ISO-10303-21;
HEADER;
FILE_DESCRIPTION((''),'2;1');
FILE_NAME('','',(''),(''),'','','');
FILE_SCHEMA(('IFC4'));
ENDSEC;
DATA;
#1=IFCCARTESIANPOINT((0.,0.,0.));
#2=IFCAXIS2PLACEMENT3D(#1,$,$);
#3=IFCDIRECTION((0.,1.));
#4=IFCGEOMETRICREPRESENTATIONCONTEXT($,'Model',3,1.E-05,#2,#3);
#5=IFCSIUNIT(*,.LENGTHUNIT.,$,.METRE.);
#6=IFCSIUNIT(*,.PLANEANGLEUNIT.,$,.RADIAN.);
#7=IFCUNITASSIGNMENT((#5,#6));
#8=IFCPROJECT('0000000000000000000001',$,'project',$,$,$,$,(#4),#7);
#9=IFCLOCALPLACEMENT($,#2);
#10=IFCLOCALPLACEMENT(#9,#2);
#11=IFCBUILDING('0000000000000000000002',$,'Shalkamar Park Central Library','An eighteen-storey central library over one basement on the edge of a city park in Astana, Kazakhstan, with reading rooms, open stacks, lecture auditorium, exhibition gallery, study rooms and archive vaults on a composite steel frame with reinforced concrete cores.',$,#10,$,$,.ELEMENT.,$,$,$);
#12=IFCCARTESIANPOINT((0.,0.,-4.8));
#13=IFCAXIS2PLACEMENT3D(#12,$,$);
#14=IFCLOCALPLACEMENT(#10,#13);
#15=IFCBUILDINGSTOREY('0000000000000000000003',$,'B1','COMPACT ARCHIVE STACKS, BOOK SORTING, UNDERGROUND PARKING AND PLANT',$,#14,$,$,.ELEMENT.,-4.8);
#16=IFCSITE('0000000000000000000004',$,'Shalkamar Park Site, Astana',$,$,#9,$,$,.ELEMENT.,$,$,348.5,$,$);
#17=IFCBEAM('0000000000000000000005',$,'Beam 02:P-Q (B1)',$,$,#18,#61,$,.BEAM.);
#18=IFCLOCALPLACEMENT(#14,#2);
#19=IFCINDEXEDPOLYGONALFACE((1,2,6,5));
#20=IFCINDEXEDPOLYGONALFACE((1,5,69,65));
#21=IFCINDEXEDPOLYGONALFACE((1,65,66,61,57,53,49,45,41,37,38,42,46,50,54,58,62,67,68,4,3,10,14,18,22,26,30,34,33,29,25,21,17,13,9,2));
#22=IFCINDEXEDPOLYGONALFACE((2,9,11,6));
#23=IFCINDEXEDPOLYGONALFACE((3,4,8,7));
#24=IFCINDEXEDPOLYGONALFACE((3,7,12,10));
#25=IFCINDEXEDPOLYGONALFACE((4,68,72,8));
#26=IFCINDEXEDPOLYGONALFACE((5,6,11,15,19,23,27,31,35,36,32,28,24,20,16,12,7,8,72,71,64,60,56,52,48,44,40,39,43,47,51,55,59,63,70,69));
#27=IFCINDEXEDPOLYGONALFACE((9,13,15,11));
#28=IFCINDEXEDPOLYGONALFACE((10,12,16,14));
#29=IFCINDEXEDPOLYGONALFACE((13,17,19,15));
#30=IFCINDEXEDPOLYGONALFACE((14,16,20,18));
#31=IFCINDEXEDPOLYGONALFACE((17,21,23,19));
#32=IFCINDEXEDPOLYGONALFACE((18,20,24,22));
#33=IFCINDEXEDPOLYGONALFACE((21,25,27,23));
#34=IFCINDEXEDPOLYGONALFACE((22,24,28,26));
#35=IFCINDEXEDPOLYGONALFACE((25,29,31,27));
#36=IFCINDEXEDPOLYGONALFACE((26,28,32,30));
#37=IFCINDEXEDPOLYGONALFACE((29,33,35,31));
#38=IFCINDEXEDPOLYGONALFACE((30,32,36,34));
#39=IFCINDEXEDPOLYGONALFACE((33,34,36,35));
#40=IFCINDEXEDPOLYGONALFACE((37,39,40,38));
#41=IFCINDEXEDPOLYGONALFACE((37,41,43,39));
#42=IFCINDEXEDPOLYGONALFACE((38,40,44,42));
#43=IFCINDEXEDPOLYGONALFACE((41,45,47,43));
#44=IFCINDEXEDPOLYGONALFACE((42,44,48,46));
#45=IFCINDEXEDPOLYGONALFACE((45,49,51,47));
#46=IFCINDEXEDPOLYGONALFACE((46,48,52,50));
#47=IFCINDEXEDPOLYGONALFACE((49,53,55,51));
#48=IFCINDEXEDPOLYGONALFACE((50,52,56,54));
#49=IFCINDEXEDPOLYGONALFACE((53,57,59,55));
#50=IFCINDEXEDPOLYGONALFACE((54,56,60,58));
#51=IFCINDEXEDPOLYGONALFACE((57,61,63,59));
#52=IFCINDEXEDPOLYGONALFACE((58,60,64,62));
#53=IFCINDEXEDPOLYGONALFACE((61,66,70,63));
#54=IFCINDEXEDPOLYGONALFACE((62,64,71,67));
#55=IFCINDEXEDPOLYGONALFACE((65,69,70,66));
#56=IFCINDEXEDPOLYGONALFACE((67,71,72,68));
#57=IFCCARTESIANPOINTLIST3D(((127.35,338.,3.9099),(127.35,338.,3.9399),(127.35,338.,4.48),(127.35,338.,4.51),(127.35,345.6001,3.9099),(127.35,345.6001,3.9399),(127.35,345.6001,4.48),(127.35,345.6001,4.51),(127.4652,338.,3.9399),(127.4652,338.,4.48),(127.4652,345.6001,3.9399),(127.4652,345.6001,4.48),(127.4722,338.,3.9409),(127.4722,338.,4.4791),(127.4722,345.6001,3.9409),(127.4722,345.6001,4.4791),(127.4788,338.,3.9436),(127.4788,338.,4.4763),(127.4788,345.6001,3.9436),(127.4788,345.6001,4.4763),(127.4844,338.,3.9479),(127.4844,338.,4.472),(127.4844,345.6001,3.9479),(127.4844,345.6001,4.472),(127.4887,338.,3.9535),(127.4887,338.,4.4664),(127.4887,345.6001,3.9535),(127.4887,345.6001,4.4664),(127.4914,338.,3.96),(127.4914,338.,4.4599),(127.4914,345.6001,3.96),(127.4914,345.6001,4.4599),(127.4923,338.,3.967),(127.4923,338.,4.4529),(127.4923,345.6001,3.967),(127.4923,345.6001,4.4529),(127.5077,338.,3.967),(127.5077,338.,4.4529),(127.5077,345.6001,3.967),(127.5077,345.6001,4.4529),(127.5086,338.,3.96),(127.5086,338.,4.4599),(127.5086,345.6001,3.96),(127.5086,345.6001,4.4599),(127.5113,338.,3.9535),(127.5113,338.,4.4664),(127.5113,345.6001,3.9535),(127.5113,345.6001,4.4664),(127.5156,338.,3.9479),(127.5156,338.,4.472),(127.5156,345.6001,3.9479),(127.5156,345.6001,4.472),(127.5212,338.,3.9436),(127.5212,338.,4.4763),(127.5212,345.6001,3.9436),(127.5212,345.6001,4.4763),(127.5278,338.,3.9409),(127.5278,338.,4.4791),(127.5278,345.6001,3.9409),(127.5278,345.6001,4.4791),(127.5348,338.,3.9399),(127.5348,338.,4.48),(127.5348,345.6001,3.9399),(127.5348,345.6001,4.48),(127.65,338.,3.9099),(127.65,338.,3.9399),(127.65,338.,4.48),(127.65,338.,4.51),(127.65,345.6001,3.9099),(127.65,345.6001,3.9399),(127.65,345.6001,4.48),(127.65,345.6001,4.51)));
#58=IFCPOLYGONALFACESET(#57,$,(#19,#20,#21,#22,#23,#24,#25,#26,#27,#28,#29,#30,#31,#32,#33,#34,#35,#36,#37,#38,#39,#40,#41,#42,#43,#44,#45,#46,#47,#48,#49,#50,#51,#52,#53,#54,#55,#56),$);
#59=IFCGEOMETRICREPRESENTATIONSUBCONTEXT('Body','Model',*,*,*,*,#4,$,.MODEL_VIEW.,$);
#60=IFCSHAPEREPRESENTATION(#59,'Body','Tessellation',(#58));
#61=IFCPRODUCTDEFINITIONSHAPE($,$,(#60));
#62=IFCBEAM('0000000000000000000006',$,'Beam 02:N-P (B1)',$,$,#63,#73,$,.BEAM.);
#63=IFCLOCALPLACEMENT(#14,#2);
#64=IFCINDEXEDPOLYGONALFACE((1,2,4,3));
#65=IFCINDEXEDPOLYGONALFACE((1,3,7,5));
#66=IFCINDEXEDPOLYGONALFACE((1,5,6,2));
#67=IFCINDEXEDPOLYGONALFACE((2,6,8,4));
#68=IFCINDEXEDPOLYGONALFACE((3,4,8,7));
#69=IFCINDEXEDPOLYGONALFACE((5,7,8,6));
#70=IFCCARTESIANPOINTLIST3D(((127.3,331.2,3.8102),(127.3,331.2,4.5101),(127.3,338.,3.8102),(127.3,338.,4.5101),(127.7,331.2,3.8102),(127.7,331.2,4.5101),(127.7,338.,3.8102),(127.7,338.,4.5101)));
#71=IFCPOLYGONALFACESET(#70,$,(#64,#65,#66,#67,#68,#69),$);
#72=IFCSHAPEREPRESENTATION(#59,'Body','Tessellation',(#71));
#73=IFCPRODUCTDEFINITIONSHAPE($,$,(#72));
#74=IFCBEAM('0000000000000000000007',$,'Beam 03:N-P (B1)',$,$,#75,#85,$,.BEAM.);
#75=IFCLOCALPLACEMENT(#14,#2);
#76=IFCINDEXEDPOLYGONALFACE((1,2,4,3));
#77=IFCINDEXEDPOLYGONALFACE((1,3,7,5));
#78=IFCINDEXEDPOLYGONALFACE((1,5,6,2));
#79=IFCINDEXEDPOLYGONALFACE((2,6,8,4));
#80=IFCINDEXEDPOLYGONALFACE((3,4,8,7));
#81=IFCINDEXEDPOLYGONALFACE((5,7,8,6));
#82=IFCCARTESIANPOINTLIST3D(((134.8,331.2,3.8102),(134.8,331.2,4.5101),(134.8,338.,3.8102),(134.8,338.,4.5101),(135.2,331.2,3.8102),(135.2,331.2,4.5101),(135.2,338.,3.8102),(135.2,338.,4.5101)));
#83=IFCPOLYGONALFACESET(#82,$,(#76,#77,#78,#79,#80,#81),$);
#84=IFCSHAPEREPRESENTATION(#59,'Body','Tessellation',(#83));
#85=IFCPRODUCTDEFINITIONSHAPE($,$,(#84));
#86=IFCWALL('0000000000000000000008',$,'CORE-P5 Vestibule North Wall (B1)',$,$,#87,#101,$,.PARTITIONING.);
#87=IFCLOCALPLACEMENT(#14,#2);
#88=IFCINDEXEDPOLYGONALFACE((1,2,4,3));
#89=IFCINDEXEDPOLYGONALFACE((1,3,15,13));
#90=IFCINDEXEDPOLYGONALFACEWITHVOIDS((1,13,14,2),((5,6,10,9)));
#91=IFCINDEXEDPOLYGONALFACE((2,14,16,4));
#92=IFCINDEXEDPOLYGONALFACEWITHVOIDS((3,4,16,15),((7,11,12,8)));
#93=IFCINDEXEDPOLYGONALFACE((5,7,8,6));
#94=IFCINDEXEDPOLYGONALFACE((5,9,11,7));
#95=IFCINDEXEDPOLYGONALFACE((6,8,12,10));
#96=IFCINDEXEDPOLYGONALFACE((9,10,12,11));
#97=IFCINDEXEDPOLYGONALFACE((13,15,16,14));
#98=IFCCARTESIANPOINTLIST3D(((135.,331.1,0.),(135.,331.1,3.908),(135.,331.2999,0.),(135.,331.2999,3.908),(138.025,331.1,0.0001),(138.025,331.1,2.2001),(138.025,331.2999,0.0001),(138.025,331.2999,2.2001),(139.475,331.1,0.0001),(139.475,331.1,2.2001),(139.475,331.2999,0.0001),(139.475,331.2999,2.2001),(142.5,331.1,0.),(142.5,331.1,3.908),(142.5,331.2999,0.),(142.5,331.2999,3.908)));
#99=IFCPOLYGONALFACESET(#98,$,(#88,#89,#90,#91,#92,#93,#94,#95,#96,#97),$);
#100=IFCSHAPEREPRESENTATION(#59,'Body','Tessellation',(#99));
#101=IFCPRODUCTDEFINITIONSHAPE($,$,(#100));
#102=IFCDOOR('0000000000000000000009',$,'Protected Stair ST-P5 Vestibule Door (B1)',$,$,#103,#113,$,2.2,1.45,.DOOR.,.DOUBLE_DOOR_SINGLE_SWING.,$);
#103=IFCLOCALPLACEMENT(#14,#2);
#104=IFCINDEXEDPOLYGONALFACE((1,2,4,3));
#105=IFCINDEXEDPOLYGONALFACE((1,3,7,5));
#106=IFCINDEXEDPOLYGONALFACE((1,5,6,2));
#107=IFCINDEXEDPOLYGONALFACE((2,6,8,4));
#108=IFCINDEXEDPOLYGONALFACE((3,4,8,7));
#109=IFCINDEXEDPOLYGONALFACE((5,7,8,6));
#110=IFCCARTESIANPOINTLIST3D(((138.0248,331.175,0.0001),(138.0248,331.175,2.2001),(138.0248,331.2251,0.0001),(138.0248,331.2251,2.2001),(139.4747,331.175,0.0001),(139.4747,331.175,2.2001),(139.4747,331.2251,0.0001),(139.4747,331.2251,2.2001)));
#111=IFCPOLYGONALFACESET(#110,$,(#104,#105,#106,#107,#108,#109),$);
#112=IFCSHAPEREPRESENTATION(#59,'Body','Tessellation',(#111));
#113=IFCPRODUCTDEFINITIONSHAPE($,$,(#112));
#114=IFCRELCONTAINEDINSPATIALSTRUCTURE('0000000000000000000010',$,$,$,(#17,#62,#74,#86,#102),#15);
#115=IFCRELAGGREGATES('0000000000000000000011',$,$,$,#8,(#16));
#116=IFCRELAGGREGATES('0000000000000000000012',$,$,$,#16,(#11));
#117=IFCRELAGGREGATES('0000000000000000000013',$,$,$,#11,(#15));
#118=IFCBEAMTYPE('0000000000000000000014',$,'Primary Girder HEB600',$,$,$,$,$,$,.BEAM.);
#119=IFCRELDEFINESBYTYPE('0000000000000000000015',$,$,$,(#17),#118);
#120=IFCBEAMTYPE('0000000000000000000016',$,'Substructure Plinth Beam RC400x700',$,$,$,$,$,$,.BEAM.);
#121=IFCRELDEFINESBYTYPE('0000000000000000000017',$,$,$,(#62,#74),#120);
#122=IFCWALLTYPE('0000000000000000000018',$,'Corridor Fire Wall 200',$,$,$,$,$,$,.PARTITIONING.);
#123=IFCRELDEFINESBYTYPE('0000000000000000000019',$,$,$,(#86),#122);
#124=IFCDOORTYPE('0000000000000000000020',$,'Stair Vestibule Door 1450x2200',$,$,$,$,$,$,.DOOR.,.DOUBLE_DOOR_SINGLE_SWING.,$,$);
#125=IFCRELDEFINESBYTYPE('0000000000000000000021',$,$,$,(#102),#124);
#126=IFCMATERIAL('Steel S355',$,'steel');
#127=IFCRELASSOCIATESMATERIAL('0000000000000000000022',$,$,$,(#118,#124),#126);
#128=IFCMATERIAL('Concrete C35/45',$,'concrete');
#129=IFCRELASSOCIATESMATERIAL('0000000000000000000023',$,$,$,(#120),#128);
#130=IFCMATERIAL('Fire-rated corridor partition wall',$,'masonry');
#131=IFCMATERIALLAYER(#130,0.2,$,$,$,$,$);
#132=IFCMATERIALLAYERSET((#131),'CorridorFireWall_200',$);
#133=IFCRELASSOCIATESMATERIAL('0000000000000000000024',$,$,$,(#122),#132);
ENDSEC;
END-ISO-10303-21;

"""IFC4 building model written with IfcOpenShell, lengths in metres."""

from ifc_helpers import new_model, si_unit, direction, frame, frame_2d, origin, origin_2d, place, context, subcontext, project, spatial, rectangle, i_section, extrude, material, layer, layer_set, material_profile, profile_set, type_object, element, fill, save


model = new_model("IFC4")

# Units and contexts
model_context = context("Model", 3, precision=1e-05, world=origin(), true_north=direction((0.0, 1.0)))
body_context = subcontext(model_context, "Body", "Model", "MODEL_VIEW")
ifc_project = project(units=[si_unit("LENGTHUNIT", "METRE"), si_unit("PLANEANGLEUNIT", "RADIAN")], contexts=[model_context])

# Site, building, storey
site_placement = place(None, origin())
site = spatial("IfcSite", under=ifc_project, at=site_placement, Name="Shalkamar Park Site, Astana", CompositionType="ELEMENT", RefElevation=348.5)
building_placement = place(site_placement, origin())
building = spatial("IfcBuilding", under=site, at=building_placement, Name="Shalkamar Park Central Library", Description="An eighteen-storey central library over one basement on the edge of a city park in Astana, Kazakhstan, with reading rooms, open stacks, lecture auditorium, exhibition gallery, study rooms and archive vaults on a composite steel frame with reinforced concrete cores.", CompositionType="ELEMENT")
storey_placement = place(building_placement, frame((0.0, 0.0, -4.8)))
storey = spatial("IfcBuildingStorey", under=building, at=storey_placement, Name="B1", Description="COMPACT ARCHIVE STACKS, BOOK SORTING, UNDERGROUND PARKING AND PLANT", CompositionType="ELEMENT", Elevation=-4.8)

# Shared definitions
ifc_material_1 = material(Name="Concrete C35/45", Category="concrete")

# Shared definitions
ifc_material_2 = material(Name="Steel S355", Category="steel")

# Beams
ifc_material_profile_1 = material_profile(ifc_material_2, i_section(OverallWidth=0.3, OverallDepth=0.6001, WebThickness=0.0154, FlangeThickness=0.03, FilletRadius=0.0271, at=origin_2d()), Name="HEB 600")
ifc_profile_set_1 = profile_set([ifc_material_profile_1], Name="Steel S355")
beam_type_1 = type_object("IfcBeamType", Name="Primary Girder HEB600", PredefinedType="BEAM", material=ifc_profile_set_1)
beam_placement = place(storey_placement, frame((127.5, 338.0, 4.21), z_axis=(0.0, 1.0, 0.0), x_axis=(-1.0, 0.0, 0.0)))
element("IfcBeam", 1, at=beam_placement, inside=storey, type_object=beam_type_1, Name="Beam 02:P-Q (B1)", PredefinedType="BEAM", context=body_context, shape_type="SweptSolid", body=[
    extrude(i_section(OverallWidth=0.3, OverallDepth=0.6001, WebThickness=0.0154, FlangeThickness=0.03, FilletRadius=0.0271, at=origin_2d()), origin(), (0.0, 0.0, 1.0), 7.6001),
])
ifc_material_profile_2 = material_profile(ifc_material_1, rectangle(XDim=0.3999, YDim=0.7, at=origin_2d()), Name="RC 400x700")
ifc_profile_set_2 = profile_set([ifc_material_profile_2], Name="Concrete C35/45")
beam_type_2 = type_object("IfcBeamType", Name="Substructure Plinth Beam RC400x700", PredefinedType="BEAM", material=ifc_profile_set_2)
for number, where, z_axis, x_axis, name in (
    (2, (127.5, 331.2, 4.1602), (0.0, 1.0, 0.0), (-1.0, 0.0, 0.0), "Beam 02:N-P (B1)"),
    (3, (135.0, 331.2, 4.1602), (0.0, 1.0, 0.0), (-1.0, 0.0, 0.0), "Beam 03:N-P (B1)"),
):
    element("IfcBeam", number, at=place(storey_placement, frame(where, z_axis=z_axis, x_axis=x_axis)), inside=storey, type_object=beam_type_2, Name=name, PredefinedType="BEAM", context=body_context, shape_type="SweptSolid", body=[
        extrude(rectangle(XDim=0.3999, YDim=0.7, at=origin_2d()), origin(), (0.0, 0.0, 1.0), 6.8),
    ])

# Wall, opening, door
ifc_material_3 = material(Name="Fire-rated corridor partition wall", Category="masonry")
ifc_layer_1 = layer(ifc_material_3, 0.2)
ifc_layer_set_1 = layer_set([ifc_layer_1], Name="CorridorFireWall_200")
wall_type_1 = type_object("IfcWallType", Name="Corridor Fire Wall 200", PredefinedType="PARTITIONING", material=ifc_layer_set_1)
wall_1_placement = place(storey_placement, frame((135.0, 331.2, 0.0), z_axis=(0.0, 0.0, 1.0), x_axis=(1.0, 0.0, 0.0)))
wall_1 = element("IfcWall", 4, at=wall_1_placement, inside=storey, type_object=wall_type_1, Name="CORE-P5 Vestibule North Wall (B1)", PredefinedType="PARTITIONING", context=body_context, shape_type="SweptSolid", body=[
    extrude(rectangle(XDim=7.5, YDim=0.2, at=frame_2d((3.75, 0.0))), origin(), (0.0, 0.0, 1.0), 3.908),
])
opening_1_placement = place(wall_1_placement, frame((3.0249, 0.0, 0.0)))
opening_1 = element("IfcOpeningElement", 5, at=opening_1_placement, cuts=wall_1, PredefinedType="OPENING", context=body_context, shape_type="SweptSolid", body=[
    extrude(rectangle(XDim=1.45, YDim=2.2, at=frame_2d((0.7251, 1.1001))), frame((0.0, 0.1147, 0.0), z_axis=(0.0, -1.0, 0.0), x_axis=(1.0, 0.0, 0.0)), (0.0, 0.0, 1.0), 0.2297),
])
door_type_1 = type_object("IfcDoorType", Name="Stair Vestibule Door 1450x2200", OperationType="DOUBLE_DOOR_SINGLE_SWING", PredefinedType="DOOR", material=ifc_material_2)
door_1_placement = place(opening_1_placement, frame((1.45, 0.0, 0.0), z_axis=(0.0, 0.0, 1.0), x_axis=(-1.0, 0.0, 0.0)))
door_1 = element("IfcDoor", 6, at=door_1_placement, inside=storey, type_object=door_type_1, Name="Protected Stair ST-P5 Vestibule Door (B1)", OperationType="DOUBLE_DOOR_SINGLE_SWING", OverallHeight=2.2, OverallWidth=1.45, PredefinedType="DOOR", context=body_context, shape_type="SweptSolid", body=[
    extrude(rectangle(XDim=1.45, YDim=2.2, at=frame_2d((0.7251, 1.1001))), frame((0.0, 0.0249, 0.0), z_axis=(0.0, -1.0, 0.0), x_axis=(1.0, 0.0, 0.0)), (0.0, 0.0, 1.0), 0.05),
])
fill(opening_1, door_1)

save(model, "model.ifc")
